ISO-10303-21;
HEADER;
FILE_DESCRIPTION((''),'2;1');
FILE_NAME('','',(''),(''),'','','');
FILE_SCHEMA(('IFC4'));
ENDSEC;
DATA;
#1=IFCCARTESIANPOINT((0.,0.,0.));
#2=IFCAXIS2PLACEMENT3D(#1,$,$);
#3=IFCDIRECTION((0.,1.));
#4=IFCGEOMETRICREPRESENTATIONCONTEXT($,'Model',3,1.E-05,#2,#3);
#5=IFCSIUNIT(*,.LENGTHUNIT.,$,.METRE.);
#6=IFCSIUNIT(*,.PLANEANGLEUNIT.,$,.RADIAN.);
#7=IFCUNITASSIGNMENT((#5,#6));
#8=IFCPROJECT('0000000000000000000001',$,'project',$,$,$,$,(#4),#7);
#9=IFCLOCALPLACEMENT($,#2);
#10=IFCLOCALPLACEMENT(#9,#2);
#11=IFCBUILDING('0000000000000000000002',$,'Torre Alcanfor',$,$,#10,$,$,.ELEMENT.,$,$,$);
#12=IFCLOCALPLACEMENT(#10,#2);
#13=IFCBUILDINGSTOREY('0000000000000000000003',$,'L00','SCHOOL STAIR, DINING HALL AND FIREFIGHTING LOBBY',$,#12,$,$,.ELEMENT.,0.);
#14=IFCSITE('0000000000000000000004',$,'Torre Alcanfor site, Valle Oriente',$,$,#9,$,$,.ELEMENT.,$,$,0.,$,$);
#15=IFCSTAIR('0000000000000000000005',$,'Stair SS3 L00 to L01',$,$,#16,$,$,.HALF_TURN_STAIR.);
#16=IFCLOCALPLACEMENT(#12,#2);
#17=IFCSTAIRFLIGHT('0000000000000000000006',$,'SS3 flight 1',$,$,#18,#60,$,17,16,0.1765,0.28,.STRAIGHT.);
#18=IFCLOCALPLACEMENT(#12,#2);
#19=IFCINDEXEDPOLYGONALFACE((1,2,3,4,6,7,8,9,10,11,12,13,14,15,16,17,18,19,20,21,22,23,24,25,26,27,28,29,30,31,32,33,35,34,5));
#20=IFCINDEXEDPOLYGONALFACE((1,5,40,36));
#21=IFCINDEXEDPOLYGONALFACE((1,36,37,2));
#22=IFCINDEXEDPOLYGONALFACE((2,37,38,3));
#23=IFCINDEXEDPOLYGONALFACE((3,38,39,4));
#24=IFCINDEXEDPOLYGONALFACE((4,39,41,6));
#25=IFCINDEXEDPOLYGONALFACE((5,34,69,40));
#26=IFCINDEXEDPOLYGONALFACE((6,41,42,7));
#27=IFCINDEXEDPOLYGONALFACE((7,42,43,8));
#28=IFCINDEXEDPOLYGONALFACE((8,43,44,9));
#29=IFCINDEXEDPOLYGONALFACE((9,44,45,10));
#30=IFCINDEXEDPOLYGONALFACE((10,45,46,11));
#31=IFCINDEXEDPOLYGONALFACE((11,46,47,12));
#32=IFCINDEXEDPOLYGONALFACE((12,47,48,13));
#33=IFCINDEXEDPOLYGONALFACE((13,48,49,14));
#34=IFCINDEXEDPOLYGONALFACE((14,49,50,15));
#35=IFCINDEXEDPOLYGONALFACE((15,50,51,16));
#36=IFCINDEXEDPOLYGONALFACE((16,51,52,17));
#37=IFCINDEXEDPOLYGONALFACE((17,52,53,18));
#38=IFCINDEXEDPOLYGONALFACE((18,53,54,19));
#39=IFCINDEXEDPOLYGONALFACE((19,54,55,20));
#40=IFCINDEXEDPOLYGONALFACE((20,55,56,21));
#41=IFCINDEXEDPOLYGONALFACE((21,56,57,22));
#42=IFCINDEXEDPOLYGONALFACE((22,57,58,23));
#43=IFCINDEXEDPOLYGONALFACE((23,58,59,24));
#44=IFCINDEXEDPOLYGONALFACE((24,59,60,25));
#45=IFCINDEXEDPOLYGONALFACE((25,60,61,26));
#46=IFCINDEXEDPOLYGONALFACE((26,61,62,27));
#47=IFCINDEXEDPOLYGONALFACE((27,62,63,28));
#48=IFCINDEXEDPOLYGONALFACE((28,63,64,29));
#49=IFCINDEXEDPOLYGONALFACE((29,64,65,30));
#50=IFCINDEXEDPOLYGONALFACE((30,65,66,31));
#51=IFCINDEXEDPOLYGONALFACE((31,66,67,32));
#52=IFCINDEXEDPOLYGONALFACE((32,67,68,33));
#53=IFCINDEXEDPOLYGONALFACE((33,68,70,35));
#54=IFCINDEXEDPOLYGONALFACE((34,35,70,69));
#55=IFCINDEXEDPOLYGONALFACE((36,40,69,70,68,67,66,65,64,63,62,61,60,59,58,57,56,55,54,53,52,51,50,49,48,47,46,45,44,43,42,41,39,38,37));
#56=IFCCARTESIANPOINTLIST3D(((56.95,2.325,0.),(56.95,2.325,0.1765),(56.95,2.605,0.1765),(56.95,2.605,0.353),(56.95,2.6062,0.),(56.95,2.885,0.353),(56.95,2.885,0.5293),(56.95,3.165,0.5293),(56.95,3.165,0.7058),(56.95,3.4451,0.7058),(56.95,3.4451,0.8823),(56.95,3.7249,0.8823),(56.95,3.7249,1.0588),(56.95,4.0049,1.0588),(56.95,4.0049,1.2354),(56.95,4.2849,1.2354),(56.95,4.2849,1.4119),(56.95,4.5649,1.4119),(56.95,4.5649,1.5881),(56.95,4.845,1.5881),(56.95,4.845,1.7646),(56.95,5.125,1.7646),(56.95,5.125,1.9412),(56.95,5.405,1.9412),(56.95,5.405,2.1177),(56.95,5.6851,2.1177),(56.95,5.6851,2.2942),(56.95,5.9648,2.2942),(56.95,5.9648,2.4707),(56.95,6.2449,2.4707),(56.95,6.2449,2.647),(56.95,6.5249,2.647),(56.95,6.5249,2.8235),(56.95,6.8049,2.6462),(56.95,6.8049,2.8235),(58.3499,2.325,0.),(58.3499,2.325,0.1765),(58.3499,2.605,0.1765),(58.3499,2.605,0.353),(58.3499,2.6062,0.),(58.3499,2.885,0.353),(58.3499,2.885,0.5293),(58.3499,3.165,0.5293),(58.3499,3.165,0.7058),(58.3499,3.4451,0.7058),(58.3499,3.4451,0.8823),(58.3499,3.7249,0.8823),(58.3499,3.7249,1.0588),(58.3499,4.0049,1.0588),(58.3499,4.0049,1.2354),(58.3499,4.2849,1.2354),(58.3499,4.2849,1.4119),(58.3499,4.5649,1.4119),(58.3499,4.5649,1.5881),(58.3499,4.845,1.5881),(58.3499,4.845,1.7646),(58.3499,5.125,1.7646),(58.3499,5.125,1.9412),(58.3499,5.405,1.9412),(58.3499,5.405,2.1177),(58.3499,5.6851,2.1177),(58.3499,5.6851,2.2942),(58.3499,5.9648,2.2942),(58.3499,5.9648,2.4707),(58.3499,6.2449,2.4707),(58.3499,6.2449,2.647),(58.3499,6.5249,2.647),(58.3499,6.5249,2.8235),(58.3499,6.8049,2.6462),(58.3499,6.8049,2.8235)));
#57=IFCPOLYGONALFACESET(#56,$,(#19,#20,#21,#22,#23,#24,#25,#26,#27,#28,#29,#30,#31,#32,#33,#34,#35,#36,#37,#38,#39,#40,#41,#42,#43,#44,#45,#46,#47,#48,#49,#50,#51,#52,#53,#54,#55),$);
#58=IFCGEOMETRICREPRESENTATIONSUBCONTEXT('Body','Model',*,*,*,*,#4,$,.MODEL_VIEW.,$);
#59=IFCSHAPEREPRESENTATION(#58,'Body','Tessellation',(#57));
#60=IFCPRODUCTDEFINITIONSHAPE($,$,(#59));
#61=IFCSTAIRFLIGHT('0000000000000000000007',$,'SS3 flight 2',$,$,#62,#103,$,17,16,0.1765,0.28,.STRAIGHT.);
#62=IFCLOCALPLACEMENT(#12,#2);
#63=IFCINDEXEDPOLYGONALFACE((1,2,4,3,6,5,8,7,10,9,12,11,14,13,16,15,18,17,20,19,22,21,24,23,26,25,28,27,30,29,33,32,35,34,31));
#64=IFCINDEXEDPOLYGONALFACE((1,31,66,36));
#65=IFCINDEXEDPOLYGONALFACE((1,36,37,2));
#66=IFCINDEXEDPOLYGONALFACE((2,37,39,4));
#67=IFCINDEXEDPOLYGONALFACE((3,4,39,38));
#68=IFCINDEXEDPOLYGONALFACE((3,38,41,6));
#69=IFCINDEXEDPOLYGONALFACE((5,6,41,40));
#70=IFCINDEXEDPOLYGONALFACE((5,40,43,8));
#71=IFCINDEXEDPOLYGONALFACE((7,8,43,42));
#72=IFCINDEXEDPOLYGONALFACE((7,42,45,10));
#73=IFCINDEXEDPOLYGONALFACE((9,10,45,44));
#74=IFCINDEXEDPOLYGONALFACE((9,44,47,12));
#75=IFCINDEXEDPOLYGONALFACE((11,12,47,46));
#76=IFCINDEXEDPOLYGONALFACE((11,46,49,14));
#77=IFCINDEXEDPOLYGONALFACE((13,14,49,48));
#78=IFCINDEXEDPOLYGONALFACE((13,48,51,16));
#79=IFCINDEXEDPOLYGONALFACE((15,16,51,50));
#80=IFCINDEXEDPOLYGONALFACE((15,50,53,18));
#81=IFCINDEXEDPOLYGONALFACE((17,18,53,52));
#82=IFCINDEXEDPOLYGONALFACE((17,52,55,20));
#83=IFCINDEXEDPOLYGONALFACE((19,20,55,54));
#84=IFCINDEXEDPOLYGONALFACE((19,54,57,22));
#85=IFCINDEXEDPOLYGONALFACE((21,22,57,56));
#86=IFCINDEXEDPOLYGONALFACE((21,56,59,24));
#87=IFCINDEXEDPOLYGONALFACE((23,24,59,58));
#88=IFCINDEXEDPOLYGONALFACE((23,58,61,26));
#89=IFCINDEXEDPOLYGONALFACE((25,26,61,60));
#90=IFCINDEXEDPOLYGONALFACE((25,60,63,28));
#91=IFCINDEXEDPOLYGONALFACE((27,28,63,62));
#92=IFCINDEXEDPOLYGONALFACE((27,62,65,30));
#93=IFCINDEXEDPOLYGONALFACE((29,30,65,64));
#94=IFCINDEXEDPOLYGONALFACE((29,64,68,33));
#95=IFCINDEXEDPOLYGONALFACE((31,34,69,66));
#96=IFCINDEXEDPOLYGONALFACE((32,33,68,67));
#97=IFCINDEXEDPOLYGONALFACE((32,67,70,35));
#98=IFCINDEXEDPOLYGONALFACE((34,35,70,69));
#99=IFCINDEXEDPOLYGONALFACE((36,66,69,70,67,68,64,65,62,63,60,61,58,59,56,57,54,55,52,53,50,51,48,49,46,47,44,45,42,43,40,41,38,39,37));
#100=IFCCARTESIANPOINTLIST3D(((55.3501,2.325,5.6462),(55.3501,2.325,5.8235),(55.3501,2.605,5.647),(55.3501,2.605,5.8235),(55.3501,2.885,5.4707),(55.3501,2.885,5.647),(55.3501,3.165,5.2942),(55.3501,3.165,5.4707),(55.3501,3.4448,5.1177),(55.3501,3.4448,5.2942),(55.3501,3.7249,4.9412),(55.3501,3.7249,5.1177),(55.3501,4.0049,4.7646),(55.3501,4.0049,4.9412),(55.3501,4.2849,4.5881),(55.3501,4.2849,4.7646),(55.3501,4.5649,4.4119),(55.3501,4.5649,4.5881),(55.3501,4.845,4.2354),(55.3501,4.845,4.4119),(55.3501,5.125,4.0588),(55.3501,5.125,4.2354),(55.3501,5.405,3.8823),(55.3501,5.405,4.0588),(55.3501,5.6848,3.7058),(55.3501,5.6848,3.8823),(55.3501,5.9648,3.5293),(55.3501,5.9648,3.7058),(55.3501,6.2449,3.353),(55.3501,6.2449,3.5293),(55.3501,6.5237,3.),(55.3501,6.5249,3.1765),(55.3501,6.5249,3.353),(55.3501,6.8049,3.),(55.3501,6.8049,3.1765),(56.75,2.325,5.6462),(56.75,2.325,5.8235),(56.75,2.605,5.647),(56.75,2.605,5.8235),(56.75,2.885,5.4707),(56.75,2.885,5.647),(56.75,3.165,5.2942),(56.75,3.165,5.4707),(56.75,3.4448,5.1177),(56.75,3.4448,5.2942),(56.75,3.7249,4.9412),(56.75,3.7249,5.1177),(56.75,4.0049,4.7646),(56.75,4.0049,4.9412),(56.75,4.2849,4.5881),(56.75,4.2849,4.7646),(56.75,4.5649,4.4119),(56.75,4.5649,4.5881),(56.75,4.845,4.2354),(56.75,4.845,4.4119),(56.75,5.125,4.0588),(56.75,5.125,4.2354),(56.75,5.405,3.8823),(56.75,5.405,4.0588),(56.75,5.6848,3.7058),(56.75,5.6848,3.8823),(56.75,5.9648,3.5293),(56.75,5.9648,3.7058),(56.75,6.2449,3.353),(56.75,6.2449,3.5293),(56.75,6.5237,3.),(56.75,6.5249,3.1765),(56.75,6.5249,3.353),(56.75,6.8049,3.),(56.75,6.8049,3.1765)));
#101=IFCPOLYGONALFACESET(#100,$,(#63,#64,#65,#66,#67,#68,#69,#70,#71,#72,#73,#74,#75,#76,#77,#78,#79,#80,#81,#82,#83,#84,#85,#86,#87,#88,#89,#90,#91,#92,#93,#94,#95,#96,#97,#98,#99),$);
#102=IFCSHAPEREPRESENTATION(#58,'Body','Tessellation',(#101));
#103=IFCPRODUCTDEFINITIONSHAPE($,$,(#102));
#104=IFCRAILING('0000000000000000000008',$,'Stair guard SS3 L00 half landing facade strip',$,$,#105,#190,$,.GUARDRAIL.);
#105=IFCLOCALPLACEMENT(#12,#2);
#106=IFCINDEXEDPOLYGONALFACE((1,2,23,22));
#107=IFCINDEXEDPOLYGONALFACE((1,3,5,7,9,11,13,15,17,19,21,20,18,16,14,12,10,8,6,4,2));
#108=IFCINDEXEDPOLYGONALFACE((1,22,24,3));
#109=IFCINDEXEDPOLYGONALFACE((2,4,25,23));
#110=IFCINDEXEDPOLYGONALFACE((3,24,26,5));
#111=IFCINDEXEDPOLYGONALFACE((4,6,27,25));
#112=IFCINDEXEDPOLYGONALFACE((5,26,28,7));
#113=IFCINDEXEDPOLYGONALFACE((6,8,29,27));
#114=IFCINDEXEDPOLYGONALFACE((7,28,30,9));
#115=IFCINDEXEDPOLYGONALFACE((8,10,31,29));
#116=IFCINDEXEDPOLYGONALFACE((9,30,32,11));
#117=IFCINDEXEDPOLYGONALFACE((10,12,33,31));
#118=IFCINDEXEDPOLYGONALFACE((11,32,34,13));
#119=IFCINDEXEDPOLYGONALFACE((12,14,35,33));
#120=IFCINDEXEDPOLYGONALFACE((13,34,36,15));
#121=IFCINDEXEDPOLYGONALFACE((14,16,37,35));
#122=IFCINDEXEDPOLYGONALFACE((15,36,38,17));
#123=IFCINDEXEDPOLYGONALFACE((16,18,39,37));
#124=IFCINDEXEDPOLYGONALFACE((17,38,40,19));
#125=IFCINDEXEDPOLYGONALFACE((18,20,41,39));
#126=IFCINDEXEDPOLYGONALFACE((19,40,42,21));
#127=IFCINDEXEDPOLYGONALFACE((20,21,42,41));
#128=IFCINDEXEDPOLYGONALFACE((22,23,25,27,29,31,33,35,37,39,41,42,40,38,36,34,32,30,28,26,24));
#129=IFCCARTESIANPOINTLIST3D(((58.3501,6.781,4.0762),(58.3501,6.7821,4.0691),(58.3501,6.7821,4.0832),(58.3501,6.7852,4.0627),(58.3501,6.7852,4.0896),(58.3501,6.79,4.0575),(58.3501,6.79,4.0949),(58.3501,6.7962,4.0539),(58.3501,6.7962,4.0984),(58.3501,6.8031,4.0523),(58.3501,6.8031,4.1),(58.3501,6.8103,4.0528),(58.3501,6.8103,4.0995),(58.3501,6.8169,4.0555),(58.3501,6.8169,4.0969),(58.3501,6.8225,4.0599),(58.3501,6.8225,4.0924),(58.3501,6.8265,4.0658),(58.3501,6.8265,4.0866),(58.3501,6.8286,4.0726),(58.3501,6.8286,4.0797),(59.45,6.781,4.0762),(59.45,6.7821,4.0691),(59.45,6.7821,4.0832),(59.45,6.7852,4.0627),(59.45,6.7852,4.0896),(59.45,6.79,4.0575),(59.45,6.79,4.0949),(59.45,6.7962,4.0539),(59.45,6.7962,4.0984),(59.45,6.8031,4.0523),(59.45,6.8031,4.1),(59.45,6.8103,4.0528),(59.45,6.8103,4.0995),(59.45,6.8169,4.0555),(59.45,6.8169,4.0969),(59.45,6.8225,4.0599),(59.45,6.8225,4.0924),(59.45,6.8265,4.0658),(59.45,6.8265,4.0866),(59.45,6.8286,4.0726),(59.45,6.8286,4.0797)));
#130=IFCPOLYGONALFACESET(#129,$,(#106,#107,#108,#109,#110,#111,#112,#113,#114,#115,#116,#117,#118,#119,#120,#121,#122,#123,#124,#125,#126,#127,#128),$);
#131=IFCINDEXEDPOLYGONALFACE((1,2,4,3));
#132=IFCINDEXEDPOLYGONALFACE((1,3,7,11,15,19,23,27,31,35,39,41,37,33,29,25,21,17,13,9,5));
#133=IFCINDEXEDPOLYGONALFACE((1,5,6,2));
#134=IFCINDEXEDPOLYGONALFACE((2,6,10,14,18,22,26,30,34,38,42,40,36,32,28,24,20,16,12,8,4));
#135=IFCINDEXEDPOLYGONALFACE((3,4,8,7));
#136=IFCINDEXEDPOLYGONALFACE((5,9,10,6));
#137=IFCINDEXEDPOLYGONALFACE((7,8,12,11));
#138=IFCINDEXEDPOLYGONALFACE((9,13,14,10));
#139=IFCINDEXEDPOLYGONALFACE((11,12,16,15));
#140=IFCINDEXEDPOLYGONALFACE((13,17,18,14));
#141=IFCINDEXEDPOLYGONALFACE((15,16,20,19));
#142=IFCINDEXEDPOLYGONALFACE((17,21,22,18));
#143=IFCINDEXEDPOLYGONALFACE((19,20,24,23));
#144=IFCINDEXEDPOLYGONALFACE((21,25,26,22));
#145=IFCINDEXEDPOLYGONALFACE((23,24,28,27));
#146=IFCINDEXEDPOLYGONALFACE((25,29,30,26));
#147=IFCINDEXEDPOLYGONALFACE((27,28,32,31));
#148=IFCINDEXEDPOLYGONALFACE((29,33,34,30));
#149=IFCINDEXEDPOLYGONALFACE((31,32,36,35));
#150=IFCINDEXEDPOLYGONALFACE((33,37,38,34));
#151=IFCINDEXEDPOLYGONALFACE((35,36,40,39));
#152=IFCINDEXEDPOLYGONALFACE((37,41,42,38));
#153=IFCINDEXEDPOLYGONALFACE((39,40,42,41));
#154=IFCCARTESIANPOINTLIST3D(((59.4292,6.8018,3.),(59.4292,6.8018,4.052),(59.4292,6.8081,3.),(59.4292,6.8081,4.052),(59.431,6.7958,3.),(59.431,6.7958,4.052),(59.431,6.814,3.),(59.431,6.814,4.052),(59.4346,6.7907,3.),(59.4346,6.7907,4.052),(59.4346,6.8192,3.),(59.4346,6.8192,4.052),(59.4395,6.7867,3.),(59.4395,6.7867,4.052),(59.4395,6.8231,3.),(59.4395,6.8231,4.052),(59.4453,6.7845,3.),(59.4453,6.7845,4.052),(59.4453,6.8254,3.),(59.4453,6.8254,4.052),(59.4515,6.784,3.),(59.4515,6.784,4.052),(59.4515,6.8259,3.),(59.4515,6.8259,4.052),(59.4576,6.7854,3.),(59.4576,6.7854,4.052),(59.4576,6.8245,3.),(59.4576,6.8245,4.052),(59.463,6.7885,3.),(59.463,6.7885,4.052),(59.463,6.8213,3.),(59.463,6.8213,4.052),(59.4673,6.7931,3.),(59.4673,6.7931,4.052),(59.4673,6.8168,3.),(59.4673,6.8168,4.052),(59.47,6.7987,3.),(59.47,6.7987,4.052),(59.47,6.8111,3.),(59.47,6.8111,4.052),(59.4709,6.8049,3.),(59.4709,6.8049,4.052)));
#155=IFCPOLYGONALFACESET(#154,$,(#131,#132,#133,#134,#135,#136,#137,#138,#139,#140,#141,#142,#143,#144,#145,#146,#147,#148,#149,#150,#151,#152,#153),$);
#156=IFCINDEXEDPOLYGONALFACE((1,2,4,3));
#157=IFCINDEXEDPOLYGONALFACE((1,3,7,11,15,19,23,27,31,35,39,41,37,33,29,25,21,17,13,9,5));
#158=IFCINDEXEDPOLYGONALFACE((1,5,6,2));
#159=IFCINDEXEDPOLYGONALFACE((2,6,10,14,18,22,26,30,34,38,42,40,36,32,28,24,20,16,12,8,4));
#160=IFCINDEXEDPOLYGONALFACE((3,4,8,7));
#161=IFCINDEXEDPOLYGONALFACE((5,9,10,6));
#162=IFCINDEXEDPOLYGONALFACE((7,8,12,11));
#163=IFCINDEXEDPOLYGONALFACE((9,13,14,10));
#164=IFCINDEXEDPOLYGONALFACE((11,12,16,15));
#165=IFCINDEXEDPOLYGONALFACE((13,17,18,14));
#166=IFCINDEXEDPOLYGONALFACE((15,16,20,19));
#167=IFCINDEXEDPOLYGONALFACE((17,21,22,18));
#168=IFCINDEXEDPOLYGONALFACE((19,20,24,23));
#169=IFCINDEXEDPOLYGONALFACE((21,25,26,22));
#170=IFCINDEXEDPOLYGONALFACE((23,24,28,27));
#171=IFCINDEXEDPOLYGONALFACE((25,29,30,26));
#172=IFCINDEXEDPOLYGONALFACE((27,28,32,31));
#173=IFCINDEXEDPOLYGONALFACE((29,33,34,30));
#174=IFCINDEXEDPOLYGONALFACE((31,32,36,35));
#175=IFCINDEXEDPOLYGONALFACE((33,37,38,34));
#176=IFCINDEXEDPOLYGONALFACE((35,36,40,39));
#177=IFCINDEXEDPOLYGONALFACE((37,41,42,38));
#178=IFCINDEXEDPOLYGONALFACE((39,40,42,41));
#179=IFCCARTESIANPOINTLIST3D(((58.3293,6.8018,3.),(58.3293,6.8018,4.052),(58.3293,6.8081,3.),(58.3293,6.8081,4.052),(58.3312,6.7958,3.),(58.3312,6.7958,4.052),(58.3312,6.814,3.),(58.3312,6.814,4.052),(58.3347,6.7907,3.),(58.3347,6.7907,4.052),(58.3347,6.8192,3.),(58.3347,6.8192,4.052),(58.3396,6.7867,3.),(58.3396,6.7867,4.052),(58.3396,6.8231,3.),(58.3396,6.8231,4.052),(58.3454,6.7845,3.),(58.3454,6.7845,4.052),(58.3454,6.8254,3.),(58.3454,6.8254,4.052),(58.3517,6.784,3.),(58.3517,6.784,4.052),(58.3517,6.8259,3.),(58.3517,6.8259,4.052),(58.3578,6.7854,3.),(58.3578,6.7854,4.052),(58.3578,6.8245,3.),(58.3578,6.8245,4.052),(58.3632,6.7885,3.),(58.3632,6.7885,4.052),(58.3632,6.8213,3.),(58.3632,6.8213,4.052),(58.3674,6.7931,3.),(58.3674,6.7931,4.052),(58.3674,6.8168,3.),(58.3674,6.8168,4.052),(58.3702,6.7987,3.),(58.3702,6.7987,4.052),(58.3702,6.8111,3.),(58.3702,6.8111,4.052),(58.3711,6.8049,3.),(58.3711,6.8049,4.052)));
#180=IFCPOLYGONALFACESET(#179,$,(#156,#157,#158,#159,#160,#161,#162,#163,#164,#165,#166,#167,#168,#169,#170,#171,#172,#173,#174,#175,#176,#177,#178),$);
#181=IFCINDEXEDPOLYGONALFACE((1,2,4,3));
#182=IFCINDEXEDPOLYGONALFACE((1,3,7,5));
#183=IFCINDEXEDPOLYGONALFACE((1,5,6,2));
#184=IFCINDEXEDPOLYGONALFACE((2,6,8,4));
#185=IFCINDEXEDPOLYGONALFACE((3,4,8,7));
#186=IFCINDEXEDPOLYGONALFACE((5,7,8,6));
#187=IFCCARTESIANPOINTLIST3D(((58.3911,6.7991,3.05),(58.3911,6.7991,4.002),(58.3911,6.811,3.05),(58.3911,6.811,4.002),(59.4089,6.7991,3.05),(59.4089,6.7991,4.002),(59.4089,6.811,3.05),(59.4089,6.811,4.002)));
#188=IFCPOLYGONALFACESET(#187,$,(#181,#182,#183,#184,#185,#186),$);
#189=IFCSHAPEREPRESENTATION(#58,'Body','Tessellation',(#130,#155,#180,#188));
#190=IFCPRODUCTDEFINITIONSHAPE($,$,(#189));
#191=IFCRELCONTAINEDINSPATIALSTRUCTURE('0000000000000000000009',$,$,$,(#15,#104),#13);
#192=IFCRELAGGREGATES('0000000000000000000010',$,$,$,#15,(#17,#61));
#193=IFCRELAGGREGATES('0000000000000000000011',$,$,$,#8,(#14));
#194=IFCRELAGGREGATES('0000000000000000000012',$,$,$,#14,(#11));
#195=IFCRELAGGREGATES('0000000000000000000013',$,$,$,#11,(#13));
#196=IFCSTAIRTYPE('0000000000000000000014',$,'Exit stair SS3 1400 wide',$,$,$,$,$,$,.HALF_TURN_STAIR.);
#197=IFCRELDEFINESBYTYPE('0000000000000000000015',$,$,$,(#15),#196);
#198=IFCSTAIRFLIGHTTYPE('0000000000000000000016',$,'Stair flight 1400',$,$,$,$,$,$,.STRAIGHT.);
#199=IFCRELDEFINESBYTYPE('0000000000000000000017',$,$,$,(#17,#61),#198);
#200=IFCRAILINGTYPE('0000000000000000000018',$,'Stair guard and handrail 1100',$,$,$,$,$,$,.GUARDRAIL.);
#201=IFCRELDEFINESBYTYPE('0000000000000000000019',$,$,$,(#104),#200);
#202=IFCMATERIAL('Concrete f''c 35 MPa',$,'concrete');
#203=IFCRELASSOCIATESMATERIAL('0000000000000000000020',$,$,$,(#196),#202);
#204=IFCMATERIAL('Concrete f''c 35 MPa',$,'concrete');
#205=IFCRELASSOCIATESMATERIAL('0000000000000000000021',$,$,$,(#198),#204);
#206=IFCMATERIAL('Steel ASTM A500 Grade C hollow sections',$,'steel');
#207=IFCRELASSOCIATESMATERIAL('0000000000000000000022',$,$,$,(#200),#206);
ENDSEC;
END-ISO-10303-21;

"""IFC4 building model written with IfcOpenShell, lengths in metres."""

from ifc_helpers import new_model, si_unit, direction, frame, origin, origin_2d, place, context, subcontext, project, spatial, polyline, circle, outline, extrude, material, type_object, element, aggregate, save


model = new_model("IFC4")

# Units and contexts
model_context = context("Model", 3, precision=1e-05, world=origin(), true_north=direction((0.0, 1.0)))
body_context = subcontext(model_context, "Body", "Model", "MODEL_VIEW")
ifc_project = project(units=[si_unit("LENGTHUNIT", "METRE"), si_unit("PLANEANGLEUNIT", "RADIAN")], contexts=[model_context])

# Site, building, storey
site_placement = place(None, origin())
site = spatial("IfcSite", under=ifc_project, at=site_placement, Name="Torre Alcanfor site, Valle Oriente", CompositionType="ELEMENT", RefElevation=0.0)
building_placement = place(site_placement, origin())
building = spatial("IfcBuilding", under=site, at=building_placement, Name="Torre Alcanfor", CompositionType="ELEMENT")
storey_placement = place(building_placement, origin())
storey = spatial("IfcBuildingStorey", under=building, at=storey_placement, Name="L00", Description="SCHOOL STAIR, DINING HALL AND FIREFIGHTING LOBBY", CompositionType="ELEMENT", Elevation=0.0)

# Stair, stair flights
ifc_material_1 = material(Name="Concrete f'c 35 MPa", Category="concrete")
stair_type = type_object("IfcStairType", Name="Exit stair SS3 1400 wide", PredefinedType="HALF_TURN_STAIR", material=ifc_material_1)
stair_placement = place(storey_placement, origin())
stair = element("IfcStair", 1, at=stair_placement, inside=storey, type_object=stair_type, Name="Stair SS3 L00 to L01", PredefinedType="HALF_TURN_STAIR")
ifc_material_2 = material(Name="Concrete f'c 35 MPa", Category="concrete")
stair_flight_type = type_object("IfcStairFlightType", Name="Stair flight 1400", PredefinedType="STRAIGHT", material=ifc_material_2)
stair_flight_1_placement = place(storey_placement, frame((57.6499, 2.325, 0.0), z_axis=(0.0, 0.0, 1.0), x_axis=(0.0, 1.0, 0.0)))
stair_flight_1 = element("IfcStairFlight", 2, at=stair_flight_1_placement, type_object=stair_flight_type, Name="SS3 flight 1", NumberOfRisers=17, NumberOfTreads=16, PredefinedType="STRAIGHT", RiserHeight=0.1765, TreadLength=0.28, context=body_context, shape_type="SweptSolid", body=[
    extrude(outline(polyline([(0.0, 0.0), (0.0, 0.1765), (0.28, 0.1765), (0.28, 0.353), (0.5601, 0.353), (0.5601, 0.5293), (0.8401, 0.5293), (0.8401, 0.7058), (1.1201, 0.7058), (1.1201, 0.8823), (1.3999, 0.8823), (1.3999, 1.0588), (1.6799, 1.0588), (1.6799, 1.2354), (1.96, 1.2354), (1.96, 1.4119), (2.24, 1.4119), (2.24, 1.5881), (2.52, 1.5881), (2.52, 1.7646), (2.8, 1.7646), (2.8, 1.9412), (3.0801, 1.9412), (3.0801, 2.1177), (3.3601, 2.1177), (3.3601, 2.2942), (3.6399, 2.2942), (3.6399, 2.4707), (3.9199, 2.4707), (3.9199, 2.647), (4.2, 2.647), (4.2, 2.8235), (4.48, 2.8235), (4.48, 3.0), (4.48, 2.6462), (0.2812, 0.0), (0.0, 0.0)])), frame((0.0, 0.7, 0.0), z_axis=(0.0, -1.0, 0.0), x_axis=(1.0, 0.0, 0.0)), (0.0, 0.0, 1.0), 1.3999),
])
stair_flight_2_placement = place(storey_placement, frame((56.05, 6.8049, 3.0), z_axis=(0.0, 0.0, 1.0), x_axis=(0.0, -1.0, 0.0)))
stair_flight_2 = element("IfcStairFlight", 3, at=stair_flight_2_placement, type_object=stair_flight_type, Name="SS3 flight 2", NumberOfRisers=17, NumberOfTreads=16, PredefinedType="STRAIGHT", RiserHeight=0.1765, TreadLength=0.28, context=body_context, shape_type="SweptSolid", body=[
    extrude(outline(polyline([(0.0, 0.0), (0.0, 0.1765), (0.28, 0.1765), (0.28, 0.353), (0.5601, 0.353), (0.5601, 0.5293), (0.8401, 0.5293), (0.8401, 0.7058), (1.1201, 0.7058), (1.1201, 0.8823), (1.3999, 0.8823), (1.3999, 1.0588), (1.6799, 1.0588), (1.6799, 1.2354), (1.96, 1.2354), (1.96, 1.4119), (2.24, 1.4119), (2.24, 1.5881), (2.52, 1.5881), (2.52, 1.7646), (2.8, 1.7646), (2.8, 1.9412), (3.0801, 1.9412), (3.0801, 2.1177), (3.3601, 2.1177), (3.3601, 2.2942), (3.6399, 2.2942), (3.6399, 2.4707), (3.9199, 2.4707), (3.9199, 2.647), (4.2, 2.647), (4.2, 2.8235), (4.48, 2.8235), (4.48, 3.0), (4.48, 2.6462), (0.2812, 0.0), (0.0, 0.0)])), frame((0.0, 0.7, 0.0), z_axis=(0.0, -1.0, 0.0), x_axis=(1.0, 0.0, 0.0)), (0.0, 0.0, 1.0), 1.3999),
])
aggregate(stair, [stair_flight_1, stair_flight_2])

# Railing
ifc_material_3 = material(Name="Steel ASTM A500 Grade C hollow sections", Category="steel")
railing_type_1 = type_object("IfcRailingType", Name="Stair guard and handrail 1100", PredefinedType="GUARDRAIL", material=ifc_material_3)
railing_1_placement = place(storey_placement, frame((59.45, 6.8049, 3.0)))
element("IfcRailing", 4, at=railing_1_placement, inside=storey, type_object=railing_type_1, Name="Stair guard SS3 L00 half landing facade strip", PredefinedType="GUARDRAIL", context=body_context, shape_type="SweptSolid", body=[
    extrude(circle(Radius=0.0239, at=origin_2d()), frame((0.0, 0.0, 1.0762), z_axis=(-1.0, 0.0, 0.0), x_axis=(0.0, -1.0, 0.0)), (0.0, 0.0, 1.0), 1.0999),
    extrude(circle(Radius=0.021, at=origin_2d()), origin(), (0.0, 0.0, 1.0), 1.052),
    extrude(circle(Radius=0.021, at=origin_2d()), frame((-1.0999, 0.0, 0.0)), (0.0, 0.0, 1.0), 1.052),
    extrude(outline(polyline([(0.041, 0.05), (1.0588, 0.05), (1.0588, 1.002), (0.041, 1.002), (0.041, 0.05)])), frame((0.0, -0.0059, 0.0), z_axis=(0.0, 1.0, 0.0), x_axis=(-1.0, 0.0, 0.0)), (0.0, 0.0, 1.0), 0.012),
])

save(model, "model.ifc")
